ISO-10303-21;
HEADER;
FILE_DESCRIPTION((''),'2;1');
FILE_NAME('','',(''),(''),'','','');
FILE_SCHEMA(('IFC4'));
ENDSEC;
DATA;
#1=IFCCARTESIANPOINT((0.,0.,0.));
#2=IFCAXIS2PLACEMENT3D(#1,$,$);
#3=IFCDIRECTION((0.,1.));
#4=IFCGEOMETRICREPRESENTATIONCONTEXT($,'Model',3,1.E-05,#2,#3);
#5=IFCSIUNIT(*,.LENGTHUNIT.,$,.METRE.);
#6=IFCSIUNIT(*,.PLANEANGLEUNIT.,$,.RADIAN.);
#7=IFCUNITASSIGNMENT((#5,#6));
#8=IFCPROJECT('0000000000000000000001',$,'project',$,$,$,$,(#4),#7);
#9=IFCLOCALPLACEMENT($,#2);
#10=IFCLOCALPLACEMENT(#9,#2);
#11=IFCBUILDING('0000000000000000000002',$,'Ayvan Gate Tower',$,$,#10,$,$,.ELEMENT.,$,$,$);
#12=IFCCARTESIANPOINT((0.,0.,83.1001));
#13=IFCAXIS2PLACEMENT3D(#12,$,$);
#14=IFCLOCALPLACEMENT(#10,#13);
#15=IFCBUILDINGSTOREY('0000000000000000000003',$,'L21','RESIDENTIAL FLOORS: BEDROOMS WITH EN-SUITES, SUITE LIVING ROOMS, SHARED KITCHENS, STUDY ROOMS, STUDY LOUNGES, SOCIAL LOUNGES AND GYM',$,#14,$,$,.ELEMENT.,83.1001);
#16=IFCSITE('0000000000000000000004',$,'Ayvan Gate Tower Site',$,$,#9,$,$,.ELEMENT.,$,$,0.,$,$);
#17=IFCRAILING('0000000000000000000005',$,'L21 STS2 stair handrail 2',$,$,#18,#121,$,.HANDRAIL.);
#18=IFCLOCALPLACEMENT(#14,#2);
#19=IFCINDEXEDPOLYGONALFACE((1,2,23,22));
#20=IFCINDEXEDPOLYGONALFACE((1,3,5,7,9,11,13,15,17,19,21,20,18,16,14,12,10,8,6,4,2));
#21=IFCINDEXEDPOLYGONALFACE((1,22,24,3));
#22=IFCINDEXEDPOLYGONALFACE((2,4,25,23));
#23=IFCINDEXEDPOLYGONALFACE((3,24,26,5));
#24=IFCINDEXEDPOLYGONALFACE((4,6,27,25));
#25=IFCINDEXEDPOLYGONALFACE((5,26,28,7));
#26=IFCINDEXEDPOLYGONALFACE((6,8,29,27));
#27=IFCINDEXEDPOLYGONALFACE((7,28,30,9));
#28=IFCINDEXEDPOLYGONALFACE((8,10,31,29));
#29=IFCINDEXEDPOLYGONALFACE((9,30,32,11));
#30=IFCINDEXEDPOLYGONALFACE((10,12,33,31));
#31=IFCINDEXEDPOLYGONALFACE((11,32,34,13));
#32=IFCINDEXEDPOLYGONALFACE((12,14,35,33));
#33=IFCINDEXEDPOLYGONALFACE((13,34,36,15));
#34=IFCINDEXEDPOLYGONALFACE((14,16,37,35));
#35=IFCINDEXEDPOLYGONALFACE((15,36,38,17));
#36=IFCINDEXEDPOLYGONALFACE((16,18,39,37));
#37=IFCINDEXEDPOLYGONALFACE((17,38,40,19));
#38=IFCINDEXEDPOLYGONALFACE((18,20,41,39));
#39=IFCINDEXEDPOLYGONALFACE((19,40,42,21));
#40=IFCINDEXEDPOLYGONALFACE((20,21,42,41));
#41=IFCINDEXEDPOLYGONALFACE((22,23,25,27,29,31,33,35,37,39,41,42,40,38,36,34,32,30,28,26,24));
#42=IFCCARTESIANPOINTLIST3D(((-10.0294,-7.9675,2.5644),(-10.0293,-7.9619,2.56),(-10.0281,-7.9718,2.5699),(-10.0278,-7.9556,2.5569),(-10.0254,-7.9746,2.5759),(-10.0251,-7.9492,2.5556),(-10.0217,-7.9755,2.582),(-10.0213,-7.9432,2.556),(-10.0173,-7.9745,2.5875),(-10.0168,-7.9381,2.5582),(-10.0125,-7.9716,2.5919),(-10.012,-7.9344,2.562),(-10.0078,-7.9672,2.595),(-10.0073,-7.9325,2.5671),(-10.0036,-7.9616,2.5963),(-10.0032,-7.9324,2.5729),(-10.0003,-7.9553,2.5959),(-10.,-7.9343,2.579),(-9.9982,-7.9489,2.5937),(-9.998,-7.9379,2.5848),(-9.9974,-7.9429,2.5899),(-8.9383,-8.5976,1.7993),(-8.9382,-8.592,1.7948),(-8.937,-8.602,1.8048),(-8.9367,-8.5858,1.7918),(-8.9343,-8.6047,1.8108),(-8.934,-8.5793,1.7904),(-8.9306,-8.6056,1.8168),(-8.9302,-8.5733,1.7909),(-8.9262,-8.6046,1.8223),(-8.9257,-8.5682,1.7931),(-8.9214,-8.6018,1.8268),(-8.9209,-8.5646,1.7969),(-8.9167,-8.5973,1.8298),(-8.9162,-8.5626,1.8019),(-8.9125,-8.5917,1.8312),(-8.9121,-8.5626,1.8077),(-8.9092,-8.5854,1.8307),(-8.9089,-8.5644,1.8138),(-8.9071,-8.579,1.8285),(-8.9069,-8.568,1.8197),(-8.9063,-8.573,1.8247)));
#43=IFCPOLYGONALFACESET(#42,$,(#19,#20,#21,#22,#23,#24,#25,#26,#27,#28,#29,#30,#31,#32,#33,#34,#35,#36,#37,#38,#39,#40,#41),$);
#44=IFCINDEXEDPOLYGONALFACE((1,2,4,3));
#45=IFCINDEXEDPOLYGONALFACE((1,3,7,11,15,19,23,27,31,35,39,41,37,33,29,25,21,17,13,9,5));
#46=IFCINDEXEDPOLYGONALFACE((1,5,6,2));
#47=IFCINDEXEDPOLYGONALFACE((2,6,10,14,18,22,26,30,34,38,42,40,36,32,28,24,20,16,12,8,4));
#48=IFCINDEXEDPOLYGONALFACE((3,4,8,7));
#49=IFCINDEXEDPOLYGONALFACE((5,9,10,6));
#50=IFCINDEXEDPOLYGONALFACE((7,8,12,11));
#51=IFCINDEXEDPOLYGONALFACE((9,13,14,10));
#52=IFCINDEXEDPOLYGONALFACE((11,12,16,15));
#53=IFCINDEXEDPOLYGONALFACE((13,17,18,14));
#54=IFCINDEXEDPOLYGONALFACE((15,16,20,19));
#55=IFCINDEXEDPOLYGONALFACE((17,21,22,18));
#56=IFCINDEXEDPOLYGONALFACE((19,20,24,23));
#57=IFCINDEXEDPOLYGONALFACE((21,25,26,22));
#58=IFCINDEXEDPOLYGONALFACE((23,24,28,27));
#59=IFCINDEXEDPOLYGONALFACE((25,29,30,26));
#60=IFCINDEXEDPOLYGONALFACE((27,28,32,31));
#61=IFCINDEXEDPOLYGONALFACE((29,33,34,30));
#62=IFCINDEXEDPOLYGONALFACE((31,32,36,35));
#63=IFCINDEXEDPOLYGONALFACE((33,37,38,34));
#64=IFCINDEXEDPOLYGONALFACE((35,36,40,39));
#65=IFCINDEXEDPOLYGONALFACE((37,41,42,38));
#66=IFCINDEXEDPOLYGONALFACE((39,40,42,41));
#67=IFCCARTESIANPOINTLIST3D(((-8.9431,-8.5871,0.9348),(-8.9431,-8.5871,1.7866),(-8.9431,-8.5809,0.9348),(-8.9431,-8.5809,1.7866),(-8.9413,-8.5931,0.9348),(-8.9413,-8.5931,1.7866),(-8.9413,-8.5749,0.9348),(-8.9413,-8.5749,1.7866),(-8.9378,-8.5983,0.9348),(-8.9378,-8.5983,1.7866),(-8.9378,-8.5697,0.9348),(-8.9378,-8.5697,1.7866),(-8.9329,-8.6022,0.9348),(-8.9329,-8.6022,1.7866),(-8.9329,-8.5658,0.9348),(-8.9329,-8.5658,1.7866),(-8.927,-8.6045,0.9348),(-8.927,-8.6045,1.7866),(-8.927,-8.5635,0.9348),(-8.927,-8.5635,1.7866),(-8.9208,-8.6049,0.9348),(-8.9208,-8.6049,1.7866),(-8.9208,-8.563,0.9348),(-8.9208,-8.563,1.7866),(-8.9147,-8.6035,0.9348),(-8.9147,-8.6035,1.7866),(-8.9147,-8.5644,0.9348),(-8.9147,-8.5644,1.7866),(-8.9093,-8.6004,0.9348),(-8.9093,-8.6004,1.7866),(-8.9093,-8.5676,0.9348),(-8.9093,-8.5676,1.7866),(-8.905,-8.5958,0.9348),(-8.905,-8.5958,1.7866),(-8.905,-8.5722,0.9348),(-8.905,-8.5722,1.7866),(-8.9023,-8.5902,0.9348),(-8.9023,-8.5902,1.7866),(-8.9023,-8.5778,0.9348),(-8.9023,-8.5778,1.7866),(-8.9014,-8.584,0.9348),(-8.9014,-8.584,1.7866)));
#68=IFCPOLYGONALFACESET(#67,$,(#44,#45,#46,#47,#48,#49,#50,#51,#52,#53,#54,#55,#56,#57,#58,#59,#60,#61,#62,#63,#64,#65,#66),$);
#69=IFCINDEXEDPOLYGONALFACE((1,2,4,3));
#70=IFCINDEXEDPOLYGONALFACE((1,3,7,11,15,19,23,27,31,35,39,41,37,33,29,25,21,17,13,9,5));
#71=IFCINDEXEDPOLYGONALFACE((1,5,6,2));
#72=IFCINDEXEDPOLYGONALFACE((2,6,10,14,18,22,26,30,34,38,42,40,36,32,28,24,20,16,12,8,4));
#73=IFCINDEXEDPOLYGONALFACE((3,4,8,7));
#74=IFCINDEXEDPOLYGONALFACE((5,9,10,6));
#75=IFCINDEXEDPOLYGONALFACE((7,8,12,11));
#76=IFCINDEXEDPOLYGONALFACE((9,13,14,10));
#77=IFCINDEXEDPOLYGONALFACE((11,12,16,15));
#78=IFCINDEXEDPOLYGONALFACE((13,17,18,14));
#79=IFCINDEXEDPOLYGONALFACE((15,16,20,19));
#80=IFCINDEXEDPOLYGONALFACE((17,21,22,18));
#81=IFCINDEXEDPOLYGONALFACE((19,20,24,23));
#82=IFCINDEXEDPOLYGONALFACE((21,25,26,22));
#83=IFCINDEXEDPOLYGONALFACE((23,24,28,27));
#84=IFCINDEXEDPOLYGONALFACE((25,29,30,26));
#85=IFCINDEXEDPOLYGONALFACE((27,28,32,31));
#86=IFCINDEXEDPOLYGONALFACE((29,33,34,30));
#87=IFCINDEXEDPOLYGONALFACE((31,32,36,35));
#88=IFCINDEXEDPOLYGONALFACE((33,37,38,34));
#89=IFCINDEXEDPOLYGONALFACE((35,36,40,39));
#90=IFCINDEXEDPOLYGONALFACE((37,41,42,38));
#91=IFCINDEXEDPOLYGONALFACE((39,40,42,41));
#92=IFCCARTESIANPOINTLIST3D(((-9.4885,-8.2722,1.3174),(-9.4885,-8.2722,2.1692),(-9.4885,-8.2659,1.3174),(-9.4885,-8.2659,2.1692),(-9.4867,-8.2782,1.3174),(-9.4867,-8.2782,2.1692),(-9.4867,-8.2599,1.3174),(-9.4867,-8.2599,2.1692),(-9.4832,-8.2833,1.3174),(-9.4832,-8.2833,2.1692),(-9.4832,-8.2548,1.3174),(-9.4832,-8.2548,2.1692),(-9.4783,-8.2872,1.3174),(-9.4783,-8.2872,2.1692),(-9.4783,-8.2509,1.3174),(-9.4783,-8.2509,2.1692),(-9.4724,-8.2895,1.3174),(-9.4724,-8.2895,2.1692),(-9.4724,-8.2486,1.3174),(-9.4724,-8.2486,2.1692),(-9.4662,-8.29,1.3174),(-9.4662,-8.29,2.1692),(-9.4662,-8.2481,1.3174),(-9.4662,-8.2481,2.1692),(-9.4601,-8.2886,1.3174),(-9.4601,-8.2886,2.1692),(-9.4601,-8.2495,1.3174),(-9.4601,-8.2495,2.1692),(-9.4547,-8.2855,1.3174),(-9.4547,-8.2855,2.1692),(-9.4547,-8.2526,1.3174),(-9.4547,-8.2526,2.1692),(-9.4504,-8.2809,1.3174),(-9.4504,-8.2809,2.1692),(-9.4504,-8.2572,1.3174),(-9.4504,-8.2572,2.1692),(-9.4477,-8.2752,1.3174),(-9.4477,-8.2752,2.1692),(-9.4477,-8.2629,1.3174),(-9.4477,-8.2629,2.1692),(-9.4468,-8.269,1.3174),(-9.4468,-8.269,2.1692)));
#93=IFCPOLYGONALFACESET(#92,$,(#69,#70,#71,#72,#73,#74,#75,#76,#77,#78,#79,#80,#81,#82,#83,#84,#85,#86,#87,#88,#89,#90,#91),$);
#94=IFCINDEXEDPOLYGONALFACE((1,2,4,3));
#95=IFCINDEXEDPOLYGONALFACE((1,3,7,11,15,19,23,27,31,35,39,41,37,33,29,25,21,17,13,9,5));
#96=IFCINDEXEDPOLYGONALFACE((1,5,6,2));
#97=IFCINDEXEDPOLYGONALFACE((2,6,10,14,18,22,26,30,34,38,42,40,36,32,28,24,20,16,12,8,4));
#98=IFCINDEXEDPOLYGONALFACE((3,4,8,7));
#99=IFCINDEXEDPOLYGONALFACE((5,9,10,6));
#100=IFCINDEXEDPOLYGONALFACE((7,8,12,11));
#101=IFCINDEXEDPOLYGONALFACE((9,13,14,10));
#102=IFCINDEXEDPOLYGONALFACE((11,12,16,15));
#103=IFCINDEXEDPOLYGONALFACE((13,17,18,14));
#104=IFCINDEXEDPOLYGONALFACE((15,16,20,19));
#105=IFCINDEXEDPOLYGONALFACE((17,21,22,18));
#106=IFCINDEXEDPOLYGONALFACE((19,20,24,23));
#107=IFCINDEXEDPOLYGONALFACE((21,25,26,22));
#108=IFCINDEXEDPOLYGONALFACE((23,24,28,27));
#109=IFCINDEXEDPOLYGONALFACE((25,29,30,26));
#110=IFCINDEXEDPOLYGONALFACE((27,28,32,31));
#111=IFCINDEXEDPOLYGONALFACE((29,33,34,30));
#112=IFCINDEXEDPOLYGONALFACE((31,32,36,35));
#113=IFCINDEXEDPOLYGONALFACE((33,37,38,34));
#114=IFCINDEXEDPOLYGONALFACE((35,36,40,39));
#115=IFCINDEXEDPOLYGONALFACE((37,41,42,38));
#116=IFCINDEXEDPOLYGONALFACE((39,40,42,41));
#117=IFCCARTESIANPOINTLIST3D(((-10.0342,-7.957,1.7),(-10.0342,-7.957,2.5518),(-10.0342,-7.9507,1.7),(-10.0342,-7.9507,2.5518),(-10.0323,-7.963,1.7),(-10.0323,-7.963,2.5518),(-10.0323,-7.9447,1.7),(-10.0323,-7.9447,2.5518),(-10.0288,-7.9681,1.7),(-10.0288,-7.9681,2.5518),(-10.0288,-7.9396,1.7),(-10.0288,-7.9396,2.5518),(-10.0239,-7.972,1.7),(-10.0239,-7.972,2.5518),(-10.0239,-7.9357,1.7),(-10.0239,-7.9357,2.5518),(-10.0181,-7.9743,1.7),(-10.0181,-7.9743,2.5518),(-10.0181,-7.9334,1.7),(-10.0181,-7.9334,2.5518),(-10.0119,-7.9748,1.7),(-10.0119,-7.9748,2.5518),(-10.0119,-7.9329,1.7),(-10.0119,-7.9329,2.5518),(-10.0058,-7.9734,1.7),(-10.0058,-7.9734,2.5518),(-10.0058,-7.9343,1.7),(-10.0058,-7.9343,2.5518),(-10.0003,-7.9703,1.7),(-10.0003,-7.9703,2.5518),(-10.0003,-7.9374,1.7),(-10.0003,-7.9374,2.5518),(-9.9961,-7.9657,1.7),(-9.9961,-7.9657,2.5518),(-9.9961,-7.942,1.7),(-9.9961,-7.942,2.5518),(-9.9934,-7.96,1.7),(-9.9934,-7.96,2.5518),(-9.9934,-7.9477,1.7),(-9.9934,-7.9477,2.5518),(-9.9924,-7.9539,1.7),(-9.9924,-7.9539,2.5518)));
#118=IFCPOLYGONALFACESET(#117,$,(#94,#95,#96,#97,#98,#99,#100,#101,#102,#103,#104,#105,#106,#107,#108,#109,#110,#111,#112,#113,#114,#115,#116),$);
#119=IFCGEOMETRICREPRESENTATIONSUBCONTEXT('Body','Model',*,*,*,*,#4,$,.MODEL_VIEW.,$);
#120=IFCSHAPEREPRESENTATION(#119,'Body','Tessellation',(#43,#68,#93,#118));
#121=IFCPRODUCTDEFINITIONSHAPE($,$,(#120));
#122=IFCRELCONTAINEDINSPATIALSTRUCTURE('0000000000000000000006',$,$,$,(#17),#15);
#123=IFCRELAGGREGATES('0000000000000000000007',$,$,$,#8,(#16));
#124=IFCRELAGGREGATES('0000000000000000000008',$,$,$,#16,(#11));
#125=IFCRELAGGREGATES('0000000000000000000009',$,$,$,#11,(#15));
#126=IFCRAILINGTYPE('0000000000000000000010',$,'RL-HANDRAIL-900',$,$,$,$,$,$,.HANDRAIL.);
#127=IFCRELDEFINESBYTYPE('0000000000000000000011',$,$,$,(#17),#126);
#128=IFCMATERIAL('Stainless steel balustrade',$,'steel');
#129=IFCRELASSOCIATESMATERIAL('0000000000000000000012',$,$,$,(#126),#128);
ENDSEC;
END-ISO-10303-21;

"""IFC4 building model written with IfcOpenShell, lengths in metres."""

from ifc_helpers import new_model, si_unit, direction, frame, origin, origin_2d, place, context, subcontext, project, spatial, circle, extrude, material, type_object, element, save


model = new_model("IFC4")

# Units and contexts
model_context = context("Model", 3, precision=1e-05, world=origin(), true_north=direction((0.0, 1.0)))
body_context = subcontext(model_context, "Body", "Model", "MODEL_VIEW")
ifc_project = project(units=[si_unit("LENGTHUNIT", "METRE"), si_unit("PLANEANGLEUNIT", "RADIAN")], contexts=[model_context])

# Site, building, storey
site_placement = place(None, origin())
site = spatial("IfcSite", under=ifc_project, at=site_placement, Name="Ayvan Gate Tower Site", CompositionType="ELEMENT", RefElevation=0.0)
building_placement = place(site_placement, origin())
building = spatial("IfcBuilding", under=site, at=building_placement, Name="Ayvan Gate Tower", CompositionType="ELEMENT")
storey_placement = place(building_placement, frame((0.0, 0.0, 83.1001)))
storey = spatial("IfcBuildingStorey", under=building, at=storey_placement, Name="L21", Description="RESIDENTIAL FLOORS: BEDROOMS WITH EN-SUITES, SUITE LIVING ROOMS, SHARED KITCHENS, STUDY ROOMS, STUDY LOUNGES, SOCIAL LOUNGES AND GYM", CompositionType="ELEMENT", Elevation=83.1001)

# Railing
ifc_material_1 = material(Name="Stainless steel balustrade", Category="steel")
railing_type_1 = type_object("IfcRailingType", Name="RL-HANDRAIL-900", PredefinedType="HANDRAIL", material=ifc_material_1)
railing_1_placement = place(storey_placement, frame((-8.9224, -8.584, 0.9348)))
element("IfcRailing", 1, at=railing_1_placement, inside=storey, type_object=railing_type_1, Name="L21 STS2 stair handrail 2", PredefinedType="HANDRAIL", context=body_context, shape_type="SweptSolid", body=[
    extrude(circle(Radius=0.0239, at=origin_2d()), frame((0.0, 0.0, 0.876), z_axis=(-0.740166, 0.427471, 0.51906), x_axis=(-0.500119, -0.865956, 0.0)), (0.0, 0.0, 1.0), 1.4741),
    extrude(circle(Radius=0.021, at=origin_2d()), origin(), (0.0, 0.0, 1.0), 0.8518),
    extrude(circle(Radius=0.021, at=origin_2d()), frame((-0.5454, 0.3149, 0.3826)), (0.0, 0.0, 1.0), 0.8518),
    extrude(circle(Radius=0.021, at=origin_2d()), frame((-1.0911, 0.6301, 0.7651)), (0.0, 0.0, 1.0), 0.8518),
])

save(model, "model.ifc")
